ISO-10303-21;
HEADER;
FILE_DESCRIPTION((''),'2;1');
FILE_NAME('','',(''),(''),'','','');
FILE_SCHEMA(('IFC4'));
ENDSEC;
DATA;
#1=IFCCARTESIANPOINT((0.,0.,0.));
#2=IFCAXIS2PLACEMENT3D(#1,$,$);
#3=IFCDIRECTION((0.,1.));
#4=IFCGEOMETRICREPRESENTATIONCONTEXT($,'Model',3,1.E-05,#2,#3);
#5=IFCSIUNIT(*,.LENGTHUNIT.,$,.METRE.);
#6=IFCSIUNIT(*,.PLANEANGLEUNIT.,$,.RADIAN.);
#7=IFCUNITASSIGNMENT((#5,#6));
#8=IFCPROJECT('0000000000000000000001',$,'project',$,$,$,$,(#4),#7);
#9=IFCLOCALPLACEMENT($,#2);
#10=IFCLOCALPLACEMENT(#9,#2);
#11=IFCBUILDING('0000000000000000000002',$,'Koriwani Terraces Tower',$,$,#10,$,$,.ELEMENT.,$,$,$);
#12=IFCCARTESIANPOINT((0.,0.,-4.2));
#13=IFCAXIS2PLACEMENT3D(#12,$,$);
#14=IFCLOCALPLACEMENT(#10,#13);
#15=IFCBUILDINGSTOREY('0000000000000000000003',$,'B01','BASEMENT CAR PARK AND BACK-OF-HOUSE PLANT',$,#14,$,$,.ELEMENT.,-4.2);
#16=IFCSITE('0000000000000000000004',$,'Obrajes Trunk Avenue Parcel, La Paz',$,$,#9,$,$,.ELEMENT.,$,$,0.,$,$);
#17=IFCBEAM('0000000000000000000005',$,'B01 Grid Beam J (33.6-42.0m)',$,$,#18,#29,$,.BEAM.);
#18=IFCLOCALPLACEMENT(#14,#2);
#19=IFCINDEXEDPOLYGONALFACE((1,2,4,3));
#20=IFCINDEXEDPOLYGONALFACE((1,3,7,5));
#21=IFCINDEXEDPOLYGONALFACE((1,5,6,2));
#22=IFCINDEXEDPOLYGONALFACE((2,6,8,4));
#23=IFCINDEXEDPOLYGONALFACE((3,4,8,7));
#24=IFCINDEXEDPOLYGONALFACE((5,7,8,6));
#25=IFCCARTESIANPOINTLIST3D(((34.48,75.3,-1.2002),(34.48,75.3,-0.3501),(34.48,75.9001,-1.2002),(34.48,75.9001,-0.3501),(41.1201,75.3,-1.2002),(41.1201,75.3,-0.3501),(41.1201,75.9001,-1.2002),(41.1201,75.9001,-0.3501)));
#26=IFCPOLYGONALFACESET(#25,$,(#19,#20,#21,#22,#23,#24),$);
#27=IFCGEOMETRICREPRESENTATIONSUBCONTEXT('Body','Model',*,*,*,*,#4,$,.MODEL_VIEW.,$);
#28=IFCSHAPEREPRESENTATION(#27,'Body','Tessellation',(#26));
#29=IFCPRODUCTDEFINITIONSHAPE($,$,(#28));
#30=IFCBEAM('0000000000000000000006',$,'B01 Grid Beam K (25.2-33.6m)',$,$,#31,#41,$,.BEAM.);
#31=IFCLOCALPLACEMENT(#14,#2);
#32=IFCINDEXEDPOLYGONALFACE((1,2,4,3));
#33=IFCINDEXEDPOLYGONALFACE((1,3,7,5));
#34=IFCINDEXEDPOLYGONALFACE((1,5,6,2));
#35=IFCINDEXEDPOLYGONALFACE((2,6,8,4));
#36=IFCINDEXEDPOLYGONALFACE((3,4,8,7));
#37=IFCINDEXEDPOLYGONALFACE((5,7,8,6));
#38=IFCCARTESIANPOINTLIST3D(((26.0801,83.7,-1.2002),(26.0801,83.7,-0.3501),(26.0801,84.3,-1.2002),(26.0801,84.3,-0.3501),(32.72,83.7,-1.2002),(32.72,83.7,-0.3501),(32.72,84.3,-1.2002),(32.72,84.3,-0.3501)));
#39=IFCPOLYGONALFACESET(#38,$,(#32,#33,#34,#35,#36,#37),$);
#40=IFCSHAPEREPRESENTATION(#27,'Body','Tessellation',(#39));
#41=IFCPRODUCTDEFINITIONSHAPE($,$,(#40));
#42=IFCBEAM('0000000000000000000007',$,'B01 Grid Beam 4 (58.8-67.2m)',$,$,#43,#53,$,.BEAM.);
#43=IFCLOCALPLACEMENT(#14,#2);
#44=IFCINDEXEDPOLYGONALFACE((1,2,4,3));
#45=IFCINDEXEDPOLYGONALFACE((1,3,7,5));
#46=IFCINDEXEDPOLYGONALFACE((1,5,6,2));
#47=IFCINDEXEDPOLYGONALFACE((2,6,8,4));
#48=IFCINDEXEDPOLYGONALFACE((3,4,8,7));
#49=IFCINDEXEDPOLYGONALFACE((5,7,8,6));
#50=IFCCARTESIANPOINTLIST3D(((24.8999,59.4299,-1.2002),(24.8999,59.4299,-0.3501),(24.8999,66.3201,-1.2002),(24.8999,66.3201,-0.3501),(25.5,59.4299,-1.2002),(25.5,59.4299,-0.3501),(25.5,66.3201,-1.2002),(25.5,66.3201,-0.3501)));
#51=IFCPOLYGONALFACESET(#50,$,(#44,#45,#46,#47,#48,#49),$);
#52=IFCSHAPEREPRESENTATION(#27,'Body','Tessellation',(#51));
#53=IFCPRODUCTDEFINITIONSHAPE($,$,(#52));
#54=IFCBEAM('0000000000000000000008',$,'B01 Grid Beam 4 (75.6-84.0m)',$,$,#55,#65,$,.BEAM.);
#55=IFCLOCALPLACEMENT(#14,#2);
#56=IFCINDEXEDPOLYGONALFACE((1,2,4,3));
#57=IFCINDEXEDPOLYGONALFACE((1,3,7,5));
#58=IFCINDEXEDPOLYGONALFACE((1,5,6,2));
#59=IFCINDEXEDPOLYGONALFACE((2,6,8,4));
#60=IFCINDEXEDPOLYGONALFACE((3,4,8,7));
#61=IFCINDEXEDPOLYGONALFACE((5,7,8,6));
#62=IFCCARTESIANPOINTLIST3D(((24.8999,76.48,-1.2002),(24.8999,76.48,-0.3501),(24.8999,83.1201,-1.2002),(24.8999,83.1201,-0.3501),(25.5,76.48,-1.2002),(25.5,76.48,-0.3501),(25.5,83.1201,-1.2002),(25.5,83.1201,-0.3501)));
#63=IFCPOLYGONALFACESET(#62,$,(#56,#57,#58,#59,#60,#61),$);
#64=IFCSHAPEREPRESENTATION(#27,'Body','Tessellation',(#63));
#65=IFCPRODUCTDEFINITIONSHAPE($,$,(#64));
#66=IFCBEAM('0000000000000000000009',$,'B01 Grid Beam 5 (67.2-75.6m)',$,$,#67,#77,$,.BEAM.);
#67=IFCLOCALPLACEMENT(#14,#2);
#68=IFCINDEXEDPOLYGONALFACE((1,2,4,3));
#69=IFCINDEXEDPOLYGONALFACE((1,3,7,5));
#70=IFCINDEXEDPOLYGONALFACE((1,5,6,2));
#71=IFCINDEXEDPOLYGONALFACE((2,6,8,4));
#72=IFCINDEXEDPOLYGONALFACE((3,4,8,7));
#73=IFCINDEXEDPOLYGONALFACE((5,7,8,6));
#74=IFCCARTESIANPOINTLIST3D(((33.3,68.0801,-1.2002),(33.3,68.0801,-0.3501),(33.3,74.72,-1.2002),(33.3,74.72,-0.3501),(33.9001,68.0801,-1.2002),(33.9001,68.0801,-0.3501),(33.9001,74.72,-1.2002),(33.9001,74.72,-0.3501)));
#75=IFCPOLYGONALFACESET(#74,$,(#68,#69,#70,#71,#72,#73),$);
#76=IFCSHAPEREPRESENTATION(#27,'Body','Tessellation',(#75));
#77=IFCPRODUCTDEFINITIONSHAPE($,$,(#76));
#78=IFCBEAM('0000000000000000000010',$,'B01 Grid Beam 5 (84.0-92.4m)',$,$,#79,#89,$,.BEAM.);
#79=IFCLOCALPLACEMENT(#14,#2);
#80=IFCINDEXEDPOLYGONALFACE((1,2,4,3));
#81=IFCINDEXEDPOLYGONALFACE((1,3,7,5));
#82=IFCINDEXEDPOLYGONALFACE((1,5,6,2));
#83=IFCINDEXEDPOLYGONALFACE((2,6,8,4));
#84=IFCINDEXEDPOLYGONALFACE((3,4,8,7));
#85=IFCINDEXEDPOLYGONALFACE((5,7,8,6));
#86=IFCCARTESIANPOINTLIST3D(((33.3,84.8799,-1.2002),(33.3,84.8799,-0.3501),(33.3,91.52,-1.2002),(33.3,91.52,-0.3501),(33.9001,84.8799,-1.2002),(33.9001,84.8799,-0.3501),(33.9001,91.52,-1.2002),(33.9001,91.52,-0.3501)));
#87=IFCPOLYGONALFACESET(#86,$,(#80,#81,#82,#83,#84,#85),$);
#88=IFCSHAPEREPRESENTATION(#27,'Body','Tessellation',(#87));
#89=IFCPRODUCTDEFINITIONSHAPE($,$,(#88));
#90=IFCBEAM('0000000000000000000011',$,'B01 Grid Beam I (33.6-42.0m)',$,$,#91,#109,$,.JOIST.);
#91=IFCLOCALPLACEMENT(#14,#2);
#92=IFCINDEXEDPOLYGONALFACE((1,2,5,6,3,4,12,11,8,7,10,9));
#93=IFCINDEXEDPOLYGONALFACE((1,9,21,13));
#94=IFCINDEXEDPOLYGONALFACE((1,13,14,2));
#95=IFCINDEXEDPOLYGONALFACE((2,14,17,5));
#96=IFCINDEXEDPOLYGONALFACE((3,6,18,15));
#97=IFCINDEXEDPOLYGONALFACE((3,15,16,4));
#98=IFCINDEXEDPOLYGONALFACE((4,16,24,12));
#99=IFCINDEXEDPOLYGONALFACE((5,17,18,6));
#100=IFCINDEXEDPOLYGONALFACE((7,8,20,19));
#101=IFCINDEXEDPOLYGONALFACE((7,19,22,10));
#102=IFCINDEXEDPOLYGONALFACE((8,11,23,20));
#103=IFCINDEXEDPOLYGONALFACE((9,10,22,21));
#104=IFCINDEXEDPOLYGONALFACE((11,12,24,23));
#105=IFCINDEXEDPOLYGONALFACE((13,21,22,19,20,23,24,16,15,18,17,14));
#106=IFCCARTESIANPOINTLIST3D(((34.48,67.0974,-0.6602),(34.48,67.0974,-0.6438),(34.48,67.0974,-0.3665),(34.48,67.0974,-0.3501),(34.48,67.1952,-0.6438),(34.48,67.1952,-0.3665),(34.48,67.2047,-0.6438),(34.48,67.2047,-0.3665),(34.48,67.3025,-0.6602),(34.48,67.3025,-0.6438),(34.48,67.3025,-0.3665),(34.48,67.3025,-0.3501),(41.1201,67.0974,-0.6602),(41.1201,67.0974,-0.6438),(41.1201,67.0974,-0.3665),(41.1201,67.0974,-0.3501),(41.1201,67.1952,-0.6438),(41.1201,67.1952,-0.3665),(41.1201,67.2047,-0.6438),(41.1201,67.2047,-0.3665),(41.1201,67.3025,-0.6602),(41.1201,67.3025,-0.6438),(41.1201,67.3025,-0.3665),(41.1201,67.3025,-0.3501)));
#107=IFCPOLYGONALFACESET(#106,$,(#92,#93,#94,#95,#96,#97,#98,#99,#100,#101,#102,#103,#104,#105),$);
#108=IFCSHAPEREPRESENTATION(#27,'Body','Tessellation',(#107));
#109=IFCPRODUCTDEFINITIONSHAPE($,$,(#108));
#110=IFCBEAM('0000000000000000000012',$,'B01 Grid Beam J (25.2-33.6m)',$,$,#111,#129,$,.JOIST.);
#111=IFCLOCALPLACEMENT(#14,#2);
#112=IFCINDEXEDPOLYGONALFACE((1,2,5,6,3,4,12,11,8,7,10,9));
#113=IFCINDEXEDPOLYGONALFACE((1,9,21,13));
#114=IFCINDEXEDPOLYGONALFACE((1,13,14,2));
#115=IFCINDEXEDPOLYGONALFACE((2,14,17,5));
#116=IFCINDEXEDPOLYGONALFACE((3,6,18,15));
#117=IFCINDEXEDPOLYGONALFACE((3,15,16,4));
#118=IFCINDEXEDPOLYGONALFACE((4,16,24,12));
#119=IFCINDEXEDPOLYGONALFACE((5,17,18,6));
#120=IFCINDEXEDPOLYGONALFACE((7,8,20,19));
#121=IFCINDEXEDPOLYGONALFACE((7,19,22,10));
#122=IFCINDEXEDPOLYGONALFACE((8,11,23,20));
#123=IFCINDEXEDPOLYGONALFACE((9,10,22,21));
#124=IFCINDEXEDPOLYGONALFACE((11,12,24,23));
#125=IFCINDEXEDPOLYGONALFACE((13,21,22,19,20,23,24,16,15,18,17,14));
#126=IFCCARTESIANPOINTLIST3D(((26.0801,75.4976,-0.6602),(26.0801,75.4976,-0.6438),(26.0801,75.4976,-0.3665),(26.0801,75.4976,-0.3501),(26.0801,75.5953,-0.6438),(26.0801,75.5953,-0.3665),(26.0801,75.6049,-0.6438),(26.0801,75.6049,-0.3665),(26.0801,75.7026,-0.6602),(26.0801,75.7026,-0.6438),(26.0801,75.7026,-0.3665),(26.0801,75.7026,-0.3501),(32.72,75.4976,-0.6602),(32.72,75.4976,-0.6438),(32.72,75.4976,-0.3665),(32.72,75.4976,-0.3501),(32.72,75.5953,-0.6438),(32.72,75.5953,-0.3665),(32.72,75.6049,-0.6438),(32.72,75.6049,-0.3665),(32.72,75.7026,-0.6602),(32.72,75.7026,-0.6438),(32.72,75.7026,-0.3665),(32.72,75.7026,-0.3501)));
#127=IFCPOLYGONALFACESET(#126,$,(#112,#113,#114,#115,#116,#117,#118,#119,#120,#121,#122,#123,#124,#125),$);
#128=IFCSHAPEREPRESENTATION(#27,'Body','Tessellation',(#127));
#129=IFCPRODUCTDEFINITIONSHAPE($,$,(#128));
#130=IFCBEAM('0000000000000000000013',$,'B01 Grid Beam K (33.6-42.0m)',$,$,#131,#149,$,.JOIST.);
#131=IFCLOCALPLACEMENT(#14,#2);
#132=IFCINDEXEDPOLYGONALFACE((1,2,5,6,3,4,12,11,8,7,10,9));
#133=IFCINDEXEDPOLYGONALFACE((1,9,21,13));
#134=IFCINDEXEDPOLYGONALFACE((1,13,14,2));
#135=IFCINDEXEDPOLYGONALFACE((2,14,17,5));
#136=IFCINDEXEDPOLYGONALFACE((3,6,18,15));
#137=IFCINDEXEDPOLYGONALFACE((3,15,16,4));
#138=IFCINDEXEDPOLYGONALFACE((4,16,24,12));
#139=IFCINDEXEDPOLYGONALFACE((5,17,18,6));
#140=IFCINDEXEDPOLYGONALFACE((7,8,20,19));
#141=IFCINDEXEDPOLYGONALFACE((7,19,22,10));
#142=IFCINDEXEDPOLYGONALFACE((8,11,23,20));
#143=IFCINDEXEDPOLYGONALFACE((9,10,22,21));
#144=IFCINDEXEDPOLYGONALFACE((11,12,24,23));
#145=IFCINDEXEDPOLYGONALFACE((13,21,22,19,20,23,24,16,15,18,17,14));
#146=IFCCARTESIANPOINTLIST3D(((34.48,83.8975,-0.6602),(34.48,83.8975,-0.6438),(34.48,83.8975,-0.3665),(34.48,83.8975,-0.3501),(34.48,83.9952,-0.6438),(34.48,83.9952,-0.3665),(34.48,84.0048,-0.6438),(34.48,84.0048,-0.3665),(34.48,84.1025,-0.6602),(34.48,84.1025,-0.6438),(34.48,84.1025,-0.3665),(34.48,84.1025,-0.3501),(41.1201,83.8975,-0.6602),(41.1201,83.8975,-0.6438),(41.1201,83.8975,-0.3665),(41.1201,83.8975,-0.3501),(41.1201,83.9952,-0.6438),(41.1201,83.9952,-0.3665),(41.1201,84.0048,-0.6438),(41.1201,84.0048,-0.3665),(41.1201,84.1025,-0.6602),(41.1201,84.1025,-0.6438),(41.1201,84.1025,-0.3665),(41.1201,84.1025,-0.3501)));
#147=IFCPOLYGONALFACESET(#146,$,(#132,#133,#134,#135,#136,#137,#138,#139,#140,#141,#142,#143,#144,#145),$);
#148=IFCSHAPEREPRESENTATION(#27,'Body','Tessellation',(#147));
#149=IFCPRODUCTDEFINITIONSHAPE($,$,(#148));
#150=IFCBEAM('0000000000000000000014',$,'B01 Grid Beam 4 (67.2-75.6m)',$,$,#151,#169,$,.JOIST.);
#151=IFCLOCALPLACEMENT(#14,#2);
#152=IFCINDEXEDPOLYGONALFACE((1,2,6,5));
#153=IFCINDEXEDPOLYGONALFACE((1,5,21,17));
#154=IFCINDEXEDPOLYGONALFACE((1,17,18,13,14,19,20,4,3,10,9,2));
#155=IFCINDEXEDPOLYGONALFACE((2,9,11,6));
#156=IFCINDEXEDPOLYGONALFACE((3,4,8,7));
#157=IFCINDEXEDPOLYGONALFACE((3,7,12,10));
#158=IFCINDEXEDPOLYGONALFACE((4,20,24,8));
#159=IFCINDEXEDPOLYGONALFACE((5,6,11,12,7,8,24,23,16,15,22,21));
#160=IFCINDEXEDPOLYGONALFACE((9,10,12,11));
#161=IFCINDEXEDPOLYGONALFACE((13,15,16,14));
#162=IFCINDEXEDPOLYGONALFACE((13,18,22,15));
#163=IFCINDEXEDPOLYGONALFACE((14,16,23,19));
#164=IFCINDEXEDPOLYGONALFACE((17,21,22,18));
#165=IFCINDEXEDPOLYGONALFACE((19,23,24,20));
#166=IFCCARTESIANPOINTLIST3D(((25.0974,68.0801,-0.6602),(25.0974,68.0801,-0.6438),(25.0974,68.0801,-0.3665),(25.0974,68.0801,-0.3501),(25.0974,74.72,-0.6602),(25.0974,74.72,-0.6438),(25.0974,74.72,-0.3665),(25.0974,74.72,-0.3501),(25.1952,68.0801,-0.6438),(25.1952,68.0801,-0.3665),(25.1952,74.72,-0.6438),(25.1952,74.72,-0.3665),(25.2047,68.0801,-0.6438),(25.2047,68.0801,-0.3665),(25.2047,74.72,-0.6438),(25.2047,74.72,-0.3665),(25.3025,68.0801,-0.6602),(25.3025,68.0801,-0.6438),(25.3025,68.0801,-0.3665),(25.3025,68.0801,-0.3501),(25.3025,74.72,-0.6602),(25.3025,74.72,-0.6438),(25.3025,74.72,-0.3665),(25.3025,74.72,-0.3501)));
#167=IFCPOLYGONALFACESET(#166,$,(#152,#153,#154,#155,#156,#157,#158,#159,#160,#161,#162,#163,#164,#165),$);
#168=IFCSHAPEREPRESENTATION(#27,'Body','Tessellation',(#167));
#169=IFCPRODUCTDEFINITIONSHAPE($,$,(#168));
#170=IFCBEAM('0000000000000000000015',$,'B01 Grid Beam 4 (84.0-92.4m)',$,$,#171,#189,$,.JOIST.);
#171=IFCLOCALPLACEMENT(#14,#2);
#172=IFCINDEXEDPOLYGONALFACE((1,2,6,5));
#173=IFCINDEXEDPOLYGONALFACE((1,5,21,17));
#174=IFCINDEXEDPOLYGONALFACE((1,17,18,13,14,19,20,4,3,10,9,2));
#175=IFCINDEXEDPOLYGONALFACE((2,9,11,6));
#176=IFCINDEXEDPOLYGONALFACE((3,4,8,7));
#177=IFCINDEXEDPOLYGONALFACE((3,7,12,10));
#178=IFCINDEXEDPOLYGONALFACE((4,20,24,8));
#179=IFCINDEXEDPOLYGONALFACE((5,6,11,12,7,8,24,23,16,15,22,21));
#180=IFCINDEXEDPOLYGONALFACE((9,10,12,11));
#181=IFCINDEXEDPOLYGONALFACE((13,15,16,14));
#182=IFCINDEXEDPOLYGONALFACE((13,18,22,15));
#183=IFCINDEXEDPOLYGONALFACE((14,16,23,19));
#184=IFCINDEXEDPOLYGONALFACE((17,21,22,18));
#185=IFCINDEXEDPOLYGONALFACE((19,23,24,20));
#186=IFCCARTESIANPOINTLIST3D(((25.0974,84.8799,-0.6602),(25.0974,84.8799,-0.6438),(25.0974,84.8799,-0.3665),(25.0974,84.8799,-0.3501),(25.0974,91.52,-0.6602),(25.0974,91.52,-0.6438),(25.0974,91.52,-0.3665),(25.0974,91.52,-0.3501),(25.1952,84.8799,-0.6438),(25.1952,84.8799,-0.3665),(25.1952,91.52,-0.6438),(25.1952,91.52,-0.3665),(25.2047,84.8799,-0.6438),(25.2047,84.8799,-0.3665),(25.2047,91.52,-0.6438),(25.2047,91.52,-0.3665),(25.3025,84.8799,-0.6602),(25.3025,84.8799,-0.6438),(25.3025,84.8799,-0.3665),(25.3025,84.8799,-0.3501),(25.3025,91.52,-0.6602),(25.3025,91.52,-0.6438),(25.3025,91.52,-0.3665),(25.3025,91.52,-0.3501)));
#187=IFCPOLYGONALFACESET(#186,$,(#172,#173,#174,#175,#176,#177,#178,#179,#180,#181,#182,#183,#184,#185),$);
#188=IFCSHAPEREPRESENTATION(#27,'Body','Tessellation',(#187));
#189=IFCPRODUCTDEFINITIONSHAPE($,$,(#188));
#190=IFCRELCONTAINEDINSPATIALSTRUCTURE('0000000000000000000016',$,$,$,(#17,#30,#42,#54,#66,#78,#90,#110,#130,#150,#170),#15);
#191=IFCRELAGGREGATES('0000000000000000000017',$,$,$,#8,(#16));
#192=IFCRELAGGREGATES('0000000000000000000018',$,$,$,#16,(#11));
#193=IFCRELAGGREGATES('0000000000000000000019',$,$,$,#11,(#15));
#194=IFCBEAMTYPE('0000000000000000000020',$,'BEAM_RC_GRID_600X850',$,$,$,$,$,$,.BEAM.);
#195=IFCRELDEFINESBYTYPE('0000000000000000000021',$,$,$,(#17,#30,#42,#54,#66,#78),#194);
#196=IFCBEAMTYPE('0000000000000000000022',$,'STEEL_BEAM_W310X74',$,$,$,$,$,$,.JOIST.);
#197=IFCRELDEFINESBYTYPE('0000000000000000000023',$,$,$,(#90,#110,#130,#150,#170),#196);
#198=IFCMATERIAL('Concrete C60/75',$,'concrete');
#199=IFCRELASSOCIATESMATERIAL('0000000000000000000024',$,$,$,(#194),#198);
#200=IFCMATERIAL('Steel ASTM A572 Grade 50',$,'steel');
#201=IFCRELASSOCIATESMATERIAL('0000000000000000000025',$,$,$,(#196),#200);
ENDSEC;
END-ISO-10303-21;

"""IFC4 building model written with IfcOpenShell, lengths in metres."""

from ifc_helpers import new_model, si_unit, direction, frame, origin, origin_2d, place, context, subcontext, project, spatial, rectangle, i_section, extrude, material, material_profile, profile_set, type_object, element, save


model = new_model("IFC4")

# Units and contexts
model_context = context("Model", 3, precision=1e-05, world=origin(), true_north=direction((0.0, 1.0)))
body_context = subcontext(model_context, "Body", "Model", "MODEL_VIEW")
ifc_project = project(units=[si_unit("LENGTHUNIT", "METRE"), si_unit("PLANEANGLEUNIT", "RADIAN")], contexts=[model_context])

# Site, building, storey
site_placement = place(None, origin())
site = spatial("IfcSite", under=ifc_project, at=site_placement, Name="Obrajes Trunk Avenue Parcel, La Paz", CompositionType="ELEMENT", RefElevation=0.0)
building_placement = place(site_placement, origin())
building = spatial("IfcBuilding", under=site, at=building_placement, Name="Koriwani Terraces Tower", CompositionType="ELEMENT")
storey_placement = place(building_placement, frame((0.0, 0.0, -4.2)))
storey = spatial("IfcBuildingStorey", under=building, at=storey_placement, Name="B01", Description="BASEMENT CAR PARK AND BACK-OF-HOUSE PLANT", CompositionType="ELEMENT", Elevation=-4.2)

# Shared definitions
ifc_material_1 = material(Name="Concrete C60/75", Category="concrete")

# Beams
ifc_material_profile_1 = material_profile(ifc_material_1, rectangle(XDim=0.6001, YDim=0.8501, at=origin_2d()), Name="Concrete C60/75", Category="LoadBearing")
ifc_profile_set_1 = profile_set([ifc_material_profile_1], Name="Concrete C60/75")
beam_type_1 = type_object("IfcBeamType", Name="BEAM_RC_GRID_600X850", PredefinedType="BEAM", material=ifc_profile_set_1)
beam_1_placement = place(storey_placement, frame((34.48, 75.6001, -0.7751), z_axis=(1.0, 0.0, 0.0), x_axis=(0.0, 1.0, 0.0)))
element("IfcBeam", 1, at=beam_1_placement, inside=storey, type_object=beam_type_1, Name="B01 Grid Beam J (33.6-42.0m)", PredefinedType="BEAM", context=body_context, shape_type="SweptSolid", body=[
    extrude(rectangle(XDim=0.6001, YDim=0.8501, at=origin_2d()), origin(), (0.0, 0.0, 1.0), 6.6401),
])
beam_2_placement = place(storey_placement, frame((26.0801, 84.0, -0.7751), z_axis=(1.0, 0.0, 0.0), x_axis=(0.0, 1.0, 0.0)))
element("IfcBeam", 2, at=beam_2_placement, inside=storey, type_object=beam_type_1, Name="B01 Grid Beam K (25.2-33.6m)", PredefinedType="BEAM", context=body_context, shape_type="SweptSolid", body=[
    extrude(rectangle(XDim=0.6001, YDim=0.8501, at=origin_2d()), origin(), (0.0, 0.0, 1.0), 6.6399),
])
beam_3_placement = place(storey_placement, frame((25.2, 59.4299, -0.7751), z_axis=(0.0, 1.0, 0.0), x_axis=(-1.0, 0.0, 0.0)))
element("IfcBeam", 3, at=beam_3_placement, inside=storey, type_object=beam_type_1, Name="B01 Grid Beam 4 (58.8-67.2m)", PredefinedType="BEAM", context=body_context, shape_type="SweptSolid", body=[
    extrude(rectangle(XDim=0.6001, YDim=0.8501, at=origin_2d()), origin(), (0.0, 0.0, 1.0), 6.8901),
])
beam_4_placement = place(storey_placement, frame((25.2, 76.48, -0.7751), z_axis=(0.0, 1.0, 0.0), x_axis=(-1.0, 0.0, 0.0)))
element("IfcBeam", 4, at=beam_4_placement, inside=storey, type_object=beam_type_1, Name="B01 Grid Beam 4 (75.6-84.0m)", PredefinedType="BEAM", context=body_context, shape_type="SweptSolid", body=[
    extrude(rectangle(XDim=0.6001, YDim=0.8501, at=origin_2d()), origin(), (0.0, 0.0, 1.0), 6.6401),
])
beam_5_placement = place(storey_placement, frame((33.6001, 68.0801, -0.7751), z_axis=(0.0, 1.0, 0.0), x_axis=(-1.0, 0.0, 0.0)))
element("IfcBeam", 5, at=beam_5_placement, inside=storey, type_object=beam_type_1, Name="B01 Grid Beam 5 (67.2-75.6m)", PredefinedType="BEAM", context=body_context, shape_type="SweptSolid", body=[
    extrude(rectangle(XDim=0.6001, YDim=0.8501, at=origin_2d()), origin(), (0.0, 0.0, 1.0), 6.6399),
])
beam_6_placement = place(storey_placement, frame((33.6001, 84.8799, -0.7751), z_axis=(0.0, 1.0, 0.0), x_axis=(-1.0, 0.0, 0.0)))
element("IfcBeam", 6, at=beam_6_placement, inside=storey, type_object=beam_type_1, Name="B01 Grid Beam 5 (84.0-92.4m)", PredefinedType="BEAM", context=body_context, shape_type="SweptSolid", body=[
    extrude(rectangle(XDim=0.6001, YDim=0.8501, at=origin_2d()), origin(), (0.0, 0.0, 1.0), 6.6401),
])
ifc_material_2 = material(Name="Steel ASTM A572 Grade 50", Category="steel")
ifc_material_profile_2 = material_profile(ifc_material_2, i_section(OverallWidth=0.2051, OverallDepth=0.3101, WebThickness=0.0095, FlangeThickness=0.0164, at=origin_2d()), Name="Steel ASTM A572 Grade 50", Category="LoadBearing")
ifc_profile_set_2 = profile_set([ifc_material_profile_2], Name="Steel ASTM A572 Grade 50")
beam_type_2 = type_object("IfcBeamType", Name="STEEL_BEAM_W310X74", PredefinedType="JOIST", material=ifc_profile_set_2)
beam_7_placement = place(storey_placement, frame((34.48, 67.2, -0.5051), z_axis=(1.0, 0.0, 0.0), x_axis=(0.0, 1.0, 0.0)))
element("IfcBeam", 7, at=beam_7_placement, inside=storey, type_object=beam_type_2, Name="B01 Grid Beam I (33.6-42.0m)", PredefinedType="JOIST", context=body_context, shape_type="SweptSolid", body=[
    extrude(i_section(OverallWidth=0.2051, OverallDepth=0.3101, WebThickness=0.0095, FlangeThickness=0.0164, at=origin_2d()), origin(), (0.0, 0.0, 1.0), 6.6401),
])
beam_8_placement = place(storey_placement, frame((26.0801, 75.6001, -0.5051), z_axis=(1.0, 0.0, 0.0), x_axis=(0.0, 1.0, 0.0)))
element("IfcBeam", 8, at=beam_8_placement, inside=storey, type_object=beam_type_2, Name="B01 Grid Beam J (25.2-33.6m)", PredefinedType="JOIST", context=body_context, shape_type="SweptSolid", body=[
    extrude(i_section(OverallWidth=0.2051, OverallDepth=0.3101, WebThickness=0.0095, FlangeThickness=0.0164, at=origin_2d()), origin(), (0.0, 0.0, 1.0), 6.6399),
])
beam_9_placement = place(storey_placement, frame((34.48, 84.0, -0.5051), z_axis=(1.0, 0.0, 0.0), x_axis=(0.0, 1.0, 0.0)))
element("IfcBeam", 9, at=beam_9_placement, inside=storey, type_object=beam_type_2, Name="B01 Grid Beam K (33.6-42.0m)", PredefinedType="JOIST", context=body_context, shape_type="SweptSolid", body=[
    extrude(i_section(OverallWidth=0.2051, OverallDepth=0.3101, WebThickness=0.0095, FlangeThickness=0.0164, at=origin_2d()), origin(), (0.0, 0.0, 1.0), 6.6401),
])
beam_10_placement = place(storey_placement, frame((25.2, 68.0801, -0.5051), z_axis=(0.0, 1.0, 0.0), x_axis=(-1.0, 0.0, 0.0)))
element("IfcBeam", 10, at=beam_10_placement, inside=storey, type_object=beam_type_2, Name="B01 Grid Beam 4 (67.2-75.6m)", PredefinedType="JOIST", context=body_context, shape_type="SweptSolid", body=[
    extrude(i_section(OverallWidth=0.2051, OverallDepth=0.3101, WebThickness=0.0095, FlangeThickness=0.0164, at=origin_2d()), origin(), (0.0, 0.0, 1.0), 6.6399),
])
beam_11_placement = place(storey_placement, frame((25.2, 84.8799, -0.5051), z_axis=(0.0, 1.0, 0.0), x_axis=(-1.0, 0.0, 0.0)))
element("IfcBeam", 11, at=beam_11_placement, inside=storey, type_object=beam_type_2, Name="B01 Grid Beam 4 (84.0-92.4m)", PredefinedType="JOIST", context=body_context, shape_type="SweptSolid", body=[
    extrude(i_section(OverallWidth=0.2051, OverallDepth=0.3101, WebThickness=0.0095, FlangeThickness=0.0164, at=origin_2d()), origin(), (0.0, 0.0, 1.0), 6.6401),
])

save(model, "model.ifc")
